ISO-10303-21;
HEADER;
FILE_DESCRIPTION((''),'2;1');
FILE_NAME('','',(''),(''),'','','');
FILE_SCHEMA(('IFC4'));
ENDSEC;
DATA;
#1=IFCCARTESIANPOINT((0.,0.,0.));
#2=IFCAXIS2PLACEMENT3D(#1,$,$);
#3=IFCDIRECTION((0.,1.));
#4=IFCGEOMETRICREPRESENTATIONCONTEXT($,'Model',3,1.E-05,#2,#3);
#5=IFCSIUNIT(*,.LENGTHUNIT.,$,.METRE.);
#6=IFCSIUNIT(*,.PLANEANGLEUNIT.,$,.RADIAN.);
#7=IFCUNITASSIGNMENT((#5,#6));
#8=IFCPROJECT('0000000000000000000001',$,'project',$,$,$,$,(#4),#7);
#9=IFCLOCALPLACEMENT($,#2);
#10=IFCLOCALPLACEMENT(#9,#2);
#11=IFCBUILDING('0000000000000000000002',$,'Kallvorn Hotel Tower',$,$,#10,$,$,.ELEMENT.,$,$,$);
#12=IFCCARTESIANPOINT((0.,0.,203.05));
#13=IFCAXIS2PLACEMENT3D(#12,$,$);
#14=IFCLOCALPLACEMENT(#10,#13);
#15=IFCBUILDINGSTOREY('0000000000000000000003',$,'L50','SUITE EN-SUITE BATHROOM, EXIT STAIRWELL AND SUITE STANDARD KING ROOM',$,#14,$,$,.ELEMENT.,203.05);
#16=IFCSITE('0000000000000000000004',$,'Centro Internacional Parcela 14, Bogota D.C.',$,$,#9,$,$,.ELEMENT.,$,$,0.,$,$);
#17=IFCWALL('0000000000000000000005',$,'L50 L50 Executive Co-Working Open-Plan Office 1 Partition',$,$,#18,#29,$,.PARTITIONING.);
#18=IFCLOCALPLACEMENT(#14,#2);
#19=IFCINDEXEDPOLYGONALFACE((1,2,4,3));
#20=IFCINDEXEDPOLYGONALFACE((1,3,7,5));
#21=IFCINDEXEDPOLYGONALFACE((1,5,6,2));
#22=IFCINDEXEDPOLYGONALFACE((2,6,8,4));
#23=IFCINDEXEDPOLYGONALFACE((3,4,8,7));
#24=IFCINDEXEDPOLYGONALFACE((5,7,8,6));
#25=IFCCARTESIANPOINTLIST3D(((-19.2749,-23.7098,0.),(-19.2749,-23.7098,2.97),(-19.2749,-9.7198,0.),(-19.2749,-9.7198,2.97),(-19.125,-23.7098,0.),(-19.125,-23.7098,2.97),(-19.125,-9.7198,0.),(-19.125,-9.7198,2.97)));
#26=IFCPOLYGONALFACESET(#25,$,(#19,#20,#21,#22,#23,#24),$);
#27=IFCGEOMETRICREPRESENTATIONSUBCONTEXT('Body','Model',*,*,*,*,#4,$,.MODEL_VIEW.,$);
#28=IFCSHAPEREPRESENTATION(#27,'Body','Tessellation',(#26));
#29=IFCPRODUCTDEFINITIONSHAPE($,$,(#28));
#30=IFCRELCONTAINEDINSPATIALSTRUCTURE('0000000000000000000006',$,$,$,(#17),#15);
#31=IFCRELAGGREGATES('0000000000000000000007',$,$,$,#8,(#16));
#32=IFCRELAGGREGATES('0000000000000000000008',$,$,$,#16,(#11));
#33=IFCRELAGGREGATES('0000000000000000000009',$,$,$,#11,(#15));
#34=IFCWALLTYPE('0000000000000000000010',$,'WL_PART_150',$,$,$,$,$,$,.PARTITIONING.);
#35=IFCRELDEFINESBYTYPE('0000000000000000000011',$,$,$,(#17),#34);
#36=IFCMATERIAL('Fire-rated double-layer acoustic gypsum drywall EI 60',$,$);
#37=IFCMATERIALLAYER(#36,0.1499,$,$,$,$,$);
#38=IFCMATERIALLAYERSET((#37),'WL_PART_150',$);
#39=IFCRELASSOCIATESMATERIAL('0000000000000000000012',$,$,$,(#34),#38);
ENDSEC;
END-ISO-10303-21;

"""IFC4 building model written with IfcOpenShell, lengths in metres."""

from ifc_helpers import new_model, si_unit, direction, frame, frame_2d, origin, place, context, subcontext, project, spatial, rectangle, extrude, material, layer, layer_set, type_object, element, save


model = new_model("IFC4")

# Units and contexts
model_context = context("Model", 3, precision=1e-05, world=origin(), true_north=direction((0.0, 1.0)))
body_context = subcontext(model_context, "Body", "Model", "MODEL_VIEW")
ifc_project = project(units=[si_unit("LENGTHUNIT", "METRE"), si_unit("PLANEANGLEUNIT", "RADIAN")], contexts=[model_context])

# Site, building, storey
site_placement = place(None, origin())
site = spatial("IfcSite", under=ifc_project, at=site_placement, Name="Centro Internacional Parcela 14, Bogota D.C.", CompositionType="ELEMENT", RefElevation=0.0)
building_placement = place(site_placement, origin())
building = spatial("IfcBuilding", under=site, at=building_placement, Name="Kallvorn Hotel Tower", CompositionType="ELEMENT")
storey_placement = place(building_placement, frame((0.0, 0.0, 203.05)))
storey = spatial("IfcBuildingStorey", under=building, at=storey_placement, Name="L50", Description="SUITE EN-SUITE BATHROOM, EXIT STAIRWELL AND SUITE STANDARD KING ROOM", CompositionType="ELEMENT", Elevation=203.05)

# Shared definitions
ifc_material_1 = material(Name="Fire-rated double-layer acoustic gypsum drywall EI 60")
ifc_layer_1 = layer(ifc_material_1, 0.1499)
ifc_layer_set_1 = layer_set([ifc_layer_1], Name="WL_PART_150")
wall_type_1 = type_object("IfcWallType", Name="WL_PART_150", PredefinedType="PARTITIONING", material=ifc_layer_set_1)

# Wall
wall_1_placement = place(storey_placement, frame((-19.2, -23.71, 0.0), z_axis=(0.0, 0.0, 1.0), x_axis=(0.0, 1.0, 0.0)))
element("IfcWall", 1, at=wall_1_placement, inside=storey, type_object=wall_type_1, Name="L50 L50 Executive Co-Working Open-Plan Office 1 Partition", PredefinedType="PARTITIONING", context=body_context, shape_type="SweptSolid", body=[
    extrude(rectangle(XDim=13.99, YDim=0.1499, at=frame_2d((6.9951, 0.0))), origin(), (0.0, 0.0, 1.0), 2.97),
])

save(model, "model.ifc")
